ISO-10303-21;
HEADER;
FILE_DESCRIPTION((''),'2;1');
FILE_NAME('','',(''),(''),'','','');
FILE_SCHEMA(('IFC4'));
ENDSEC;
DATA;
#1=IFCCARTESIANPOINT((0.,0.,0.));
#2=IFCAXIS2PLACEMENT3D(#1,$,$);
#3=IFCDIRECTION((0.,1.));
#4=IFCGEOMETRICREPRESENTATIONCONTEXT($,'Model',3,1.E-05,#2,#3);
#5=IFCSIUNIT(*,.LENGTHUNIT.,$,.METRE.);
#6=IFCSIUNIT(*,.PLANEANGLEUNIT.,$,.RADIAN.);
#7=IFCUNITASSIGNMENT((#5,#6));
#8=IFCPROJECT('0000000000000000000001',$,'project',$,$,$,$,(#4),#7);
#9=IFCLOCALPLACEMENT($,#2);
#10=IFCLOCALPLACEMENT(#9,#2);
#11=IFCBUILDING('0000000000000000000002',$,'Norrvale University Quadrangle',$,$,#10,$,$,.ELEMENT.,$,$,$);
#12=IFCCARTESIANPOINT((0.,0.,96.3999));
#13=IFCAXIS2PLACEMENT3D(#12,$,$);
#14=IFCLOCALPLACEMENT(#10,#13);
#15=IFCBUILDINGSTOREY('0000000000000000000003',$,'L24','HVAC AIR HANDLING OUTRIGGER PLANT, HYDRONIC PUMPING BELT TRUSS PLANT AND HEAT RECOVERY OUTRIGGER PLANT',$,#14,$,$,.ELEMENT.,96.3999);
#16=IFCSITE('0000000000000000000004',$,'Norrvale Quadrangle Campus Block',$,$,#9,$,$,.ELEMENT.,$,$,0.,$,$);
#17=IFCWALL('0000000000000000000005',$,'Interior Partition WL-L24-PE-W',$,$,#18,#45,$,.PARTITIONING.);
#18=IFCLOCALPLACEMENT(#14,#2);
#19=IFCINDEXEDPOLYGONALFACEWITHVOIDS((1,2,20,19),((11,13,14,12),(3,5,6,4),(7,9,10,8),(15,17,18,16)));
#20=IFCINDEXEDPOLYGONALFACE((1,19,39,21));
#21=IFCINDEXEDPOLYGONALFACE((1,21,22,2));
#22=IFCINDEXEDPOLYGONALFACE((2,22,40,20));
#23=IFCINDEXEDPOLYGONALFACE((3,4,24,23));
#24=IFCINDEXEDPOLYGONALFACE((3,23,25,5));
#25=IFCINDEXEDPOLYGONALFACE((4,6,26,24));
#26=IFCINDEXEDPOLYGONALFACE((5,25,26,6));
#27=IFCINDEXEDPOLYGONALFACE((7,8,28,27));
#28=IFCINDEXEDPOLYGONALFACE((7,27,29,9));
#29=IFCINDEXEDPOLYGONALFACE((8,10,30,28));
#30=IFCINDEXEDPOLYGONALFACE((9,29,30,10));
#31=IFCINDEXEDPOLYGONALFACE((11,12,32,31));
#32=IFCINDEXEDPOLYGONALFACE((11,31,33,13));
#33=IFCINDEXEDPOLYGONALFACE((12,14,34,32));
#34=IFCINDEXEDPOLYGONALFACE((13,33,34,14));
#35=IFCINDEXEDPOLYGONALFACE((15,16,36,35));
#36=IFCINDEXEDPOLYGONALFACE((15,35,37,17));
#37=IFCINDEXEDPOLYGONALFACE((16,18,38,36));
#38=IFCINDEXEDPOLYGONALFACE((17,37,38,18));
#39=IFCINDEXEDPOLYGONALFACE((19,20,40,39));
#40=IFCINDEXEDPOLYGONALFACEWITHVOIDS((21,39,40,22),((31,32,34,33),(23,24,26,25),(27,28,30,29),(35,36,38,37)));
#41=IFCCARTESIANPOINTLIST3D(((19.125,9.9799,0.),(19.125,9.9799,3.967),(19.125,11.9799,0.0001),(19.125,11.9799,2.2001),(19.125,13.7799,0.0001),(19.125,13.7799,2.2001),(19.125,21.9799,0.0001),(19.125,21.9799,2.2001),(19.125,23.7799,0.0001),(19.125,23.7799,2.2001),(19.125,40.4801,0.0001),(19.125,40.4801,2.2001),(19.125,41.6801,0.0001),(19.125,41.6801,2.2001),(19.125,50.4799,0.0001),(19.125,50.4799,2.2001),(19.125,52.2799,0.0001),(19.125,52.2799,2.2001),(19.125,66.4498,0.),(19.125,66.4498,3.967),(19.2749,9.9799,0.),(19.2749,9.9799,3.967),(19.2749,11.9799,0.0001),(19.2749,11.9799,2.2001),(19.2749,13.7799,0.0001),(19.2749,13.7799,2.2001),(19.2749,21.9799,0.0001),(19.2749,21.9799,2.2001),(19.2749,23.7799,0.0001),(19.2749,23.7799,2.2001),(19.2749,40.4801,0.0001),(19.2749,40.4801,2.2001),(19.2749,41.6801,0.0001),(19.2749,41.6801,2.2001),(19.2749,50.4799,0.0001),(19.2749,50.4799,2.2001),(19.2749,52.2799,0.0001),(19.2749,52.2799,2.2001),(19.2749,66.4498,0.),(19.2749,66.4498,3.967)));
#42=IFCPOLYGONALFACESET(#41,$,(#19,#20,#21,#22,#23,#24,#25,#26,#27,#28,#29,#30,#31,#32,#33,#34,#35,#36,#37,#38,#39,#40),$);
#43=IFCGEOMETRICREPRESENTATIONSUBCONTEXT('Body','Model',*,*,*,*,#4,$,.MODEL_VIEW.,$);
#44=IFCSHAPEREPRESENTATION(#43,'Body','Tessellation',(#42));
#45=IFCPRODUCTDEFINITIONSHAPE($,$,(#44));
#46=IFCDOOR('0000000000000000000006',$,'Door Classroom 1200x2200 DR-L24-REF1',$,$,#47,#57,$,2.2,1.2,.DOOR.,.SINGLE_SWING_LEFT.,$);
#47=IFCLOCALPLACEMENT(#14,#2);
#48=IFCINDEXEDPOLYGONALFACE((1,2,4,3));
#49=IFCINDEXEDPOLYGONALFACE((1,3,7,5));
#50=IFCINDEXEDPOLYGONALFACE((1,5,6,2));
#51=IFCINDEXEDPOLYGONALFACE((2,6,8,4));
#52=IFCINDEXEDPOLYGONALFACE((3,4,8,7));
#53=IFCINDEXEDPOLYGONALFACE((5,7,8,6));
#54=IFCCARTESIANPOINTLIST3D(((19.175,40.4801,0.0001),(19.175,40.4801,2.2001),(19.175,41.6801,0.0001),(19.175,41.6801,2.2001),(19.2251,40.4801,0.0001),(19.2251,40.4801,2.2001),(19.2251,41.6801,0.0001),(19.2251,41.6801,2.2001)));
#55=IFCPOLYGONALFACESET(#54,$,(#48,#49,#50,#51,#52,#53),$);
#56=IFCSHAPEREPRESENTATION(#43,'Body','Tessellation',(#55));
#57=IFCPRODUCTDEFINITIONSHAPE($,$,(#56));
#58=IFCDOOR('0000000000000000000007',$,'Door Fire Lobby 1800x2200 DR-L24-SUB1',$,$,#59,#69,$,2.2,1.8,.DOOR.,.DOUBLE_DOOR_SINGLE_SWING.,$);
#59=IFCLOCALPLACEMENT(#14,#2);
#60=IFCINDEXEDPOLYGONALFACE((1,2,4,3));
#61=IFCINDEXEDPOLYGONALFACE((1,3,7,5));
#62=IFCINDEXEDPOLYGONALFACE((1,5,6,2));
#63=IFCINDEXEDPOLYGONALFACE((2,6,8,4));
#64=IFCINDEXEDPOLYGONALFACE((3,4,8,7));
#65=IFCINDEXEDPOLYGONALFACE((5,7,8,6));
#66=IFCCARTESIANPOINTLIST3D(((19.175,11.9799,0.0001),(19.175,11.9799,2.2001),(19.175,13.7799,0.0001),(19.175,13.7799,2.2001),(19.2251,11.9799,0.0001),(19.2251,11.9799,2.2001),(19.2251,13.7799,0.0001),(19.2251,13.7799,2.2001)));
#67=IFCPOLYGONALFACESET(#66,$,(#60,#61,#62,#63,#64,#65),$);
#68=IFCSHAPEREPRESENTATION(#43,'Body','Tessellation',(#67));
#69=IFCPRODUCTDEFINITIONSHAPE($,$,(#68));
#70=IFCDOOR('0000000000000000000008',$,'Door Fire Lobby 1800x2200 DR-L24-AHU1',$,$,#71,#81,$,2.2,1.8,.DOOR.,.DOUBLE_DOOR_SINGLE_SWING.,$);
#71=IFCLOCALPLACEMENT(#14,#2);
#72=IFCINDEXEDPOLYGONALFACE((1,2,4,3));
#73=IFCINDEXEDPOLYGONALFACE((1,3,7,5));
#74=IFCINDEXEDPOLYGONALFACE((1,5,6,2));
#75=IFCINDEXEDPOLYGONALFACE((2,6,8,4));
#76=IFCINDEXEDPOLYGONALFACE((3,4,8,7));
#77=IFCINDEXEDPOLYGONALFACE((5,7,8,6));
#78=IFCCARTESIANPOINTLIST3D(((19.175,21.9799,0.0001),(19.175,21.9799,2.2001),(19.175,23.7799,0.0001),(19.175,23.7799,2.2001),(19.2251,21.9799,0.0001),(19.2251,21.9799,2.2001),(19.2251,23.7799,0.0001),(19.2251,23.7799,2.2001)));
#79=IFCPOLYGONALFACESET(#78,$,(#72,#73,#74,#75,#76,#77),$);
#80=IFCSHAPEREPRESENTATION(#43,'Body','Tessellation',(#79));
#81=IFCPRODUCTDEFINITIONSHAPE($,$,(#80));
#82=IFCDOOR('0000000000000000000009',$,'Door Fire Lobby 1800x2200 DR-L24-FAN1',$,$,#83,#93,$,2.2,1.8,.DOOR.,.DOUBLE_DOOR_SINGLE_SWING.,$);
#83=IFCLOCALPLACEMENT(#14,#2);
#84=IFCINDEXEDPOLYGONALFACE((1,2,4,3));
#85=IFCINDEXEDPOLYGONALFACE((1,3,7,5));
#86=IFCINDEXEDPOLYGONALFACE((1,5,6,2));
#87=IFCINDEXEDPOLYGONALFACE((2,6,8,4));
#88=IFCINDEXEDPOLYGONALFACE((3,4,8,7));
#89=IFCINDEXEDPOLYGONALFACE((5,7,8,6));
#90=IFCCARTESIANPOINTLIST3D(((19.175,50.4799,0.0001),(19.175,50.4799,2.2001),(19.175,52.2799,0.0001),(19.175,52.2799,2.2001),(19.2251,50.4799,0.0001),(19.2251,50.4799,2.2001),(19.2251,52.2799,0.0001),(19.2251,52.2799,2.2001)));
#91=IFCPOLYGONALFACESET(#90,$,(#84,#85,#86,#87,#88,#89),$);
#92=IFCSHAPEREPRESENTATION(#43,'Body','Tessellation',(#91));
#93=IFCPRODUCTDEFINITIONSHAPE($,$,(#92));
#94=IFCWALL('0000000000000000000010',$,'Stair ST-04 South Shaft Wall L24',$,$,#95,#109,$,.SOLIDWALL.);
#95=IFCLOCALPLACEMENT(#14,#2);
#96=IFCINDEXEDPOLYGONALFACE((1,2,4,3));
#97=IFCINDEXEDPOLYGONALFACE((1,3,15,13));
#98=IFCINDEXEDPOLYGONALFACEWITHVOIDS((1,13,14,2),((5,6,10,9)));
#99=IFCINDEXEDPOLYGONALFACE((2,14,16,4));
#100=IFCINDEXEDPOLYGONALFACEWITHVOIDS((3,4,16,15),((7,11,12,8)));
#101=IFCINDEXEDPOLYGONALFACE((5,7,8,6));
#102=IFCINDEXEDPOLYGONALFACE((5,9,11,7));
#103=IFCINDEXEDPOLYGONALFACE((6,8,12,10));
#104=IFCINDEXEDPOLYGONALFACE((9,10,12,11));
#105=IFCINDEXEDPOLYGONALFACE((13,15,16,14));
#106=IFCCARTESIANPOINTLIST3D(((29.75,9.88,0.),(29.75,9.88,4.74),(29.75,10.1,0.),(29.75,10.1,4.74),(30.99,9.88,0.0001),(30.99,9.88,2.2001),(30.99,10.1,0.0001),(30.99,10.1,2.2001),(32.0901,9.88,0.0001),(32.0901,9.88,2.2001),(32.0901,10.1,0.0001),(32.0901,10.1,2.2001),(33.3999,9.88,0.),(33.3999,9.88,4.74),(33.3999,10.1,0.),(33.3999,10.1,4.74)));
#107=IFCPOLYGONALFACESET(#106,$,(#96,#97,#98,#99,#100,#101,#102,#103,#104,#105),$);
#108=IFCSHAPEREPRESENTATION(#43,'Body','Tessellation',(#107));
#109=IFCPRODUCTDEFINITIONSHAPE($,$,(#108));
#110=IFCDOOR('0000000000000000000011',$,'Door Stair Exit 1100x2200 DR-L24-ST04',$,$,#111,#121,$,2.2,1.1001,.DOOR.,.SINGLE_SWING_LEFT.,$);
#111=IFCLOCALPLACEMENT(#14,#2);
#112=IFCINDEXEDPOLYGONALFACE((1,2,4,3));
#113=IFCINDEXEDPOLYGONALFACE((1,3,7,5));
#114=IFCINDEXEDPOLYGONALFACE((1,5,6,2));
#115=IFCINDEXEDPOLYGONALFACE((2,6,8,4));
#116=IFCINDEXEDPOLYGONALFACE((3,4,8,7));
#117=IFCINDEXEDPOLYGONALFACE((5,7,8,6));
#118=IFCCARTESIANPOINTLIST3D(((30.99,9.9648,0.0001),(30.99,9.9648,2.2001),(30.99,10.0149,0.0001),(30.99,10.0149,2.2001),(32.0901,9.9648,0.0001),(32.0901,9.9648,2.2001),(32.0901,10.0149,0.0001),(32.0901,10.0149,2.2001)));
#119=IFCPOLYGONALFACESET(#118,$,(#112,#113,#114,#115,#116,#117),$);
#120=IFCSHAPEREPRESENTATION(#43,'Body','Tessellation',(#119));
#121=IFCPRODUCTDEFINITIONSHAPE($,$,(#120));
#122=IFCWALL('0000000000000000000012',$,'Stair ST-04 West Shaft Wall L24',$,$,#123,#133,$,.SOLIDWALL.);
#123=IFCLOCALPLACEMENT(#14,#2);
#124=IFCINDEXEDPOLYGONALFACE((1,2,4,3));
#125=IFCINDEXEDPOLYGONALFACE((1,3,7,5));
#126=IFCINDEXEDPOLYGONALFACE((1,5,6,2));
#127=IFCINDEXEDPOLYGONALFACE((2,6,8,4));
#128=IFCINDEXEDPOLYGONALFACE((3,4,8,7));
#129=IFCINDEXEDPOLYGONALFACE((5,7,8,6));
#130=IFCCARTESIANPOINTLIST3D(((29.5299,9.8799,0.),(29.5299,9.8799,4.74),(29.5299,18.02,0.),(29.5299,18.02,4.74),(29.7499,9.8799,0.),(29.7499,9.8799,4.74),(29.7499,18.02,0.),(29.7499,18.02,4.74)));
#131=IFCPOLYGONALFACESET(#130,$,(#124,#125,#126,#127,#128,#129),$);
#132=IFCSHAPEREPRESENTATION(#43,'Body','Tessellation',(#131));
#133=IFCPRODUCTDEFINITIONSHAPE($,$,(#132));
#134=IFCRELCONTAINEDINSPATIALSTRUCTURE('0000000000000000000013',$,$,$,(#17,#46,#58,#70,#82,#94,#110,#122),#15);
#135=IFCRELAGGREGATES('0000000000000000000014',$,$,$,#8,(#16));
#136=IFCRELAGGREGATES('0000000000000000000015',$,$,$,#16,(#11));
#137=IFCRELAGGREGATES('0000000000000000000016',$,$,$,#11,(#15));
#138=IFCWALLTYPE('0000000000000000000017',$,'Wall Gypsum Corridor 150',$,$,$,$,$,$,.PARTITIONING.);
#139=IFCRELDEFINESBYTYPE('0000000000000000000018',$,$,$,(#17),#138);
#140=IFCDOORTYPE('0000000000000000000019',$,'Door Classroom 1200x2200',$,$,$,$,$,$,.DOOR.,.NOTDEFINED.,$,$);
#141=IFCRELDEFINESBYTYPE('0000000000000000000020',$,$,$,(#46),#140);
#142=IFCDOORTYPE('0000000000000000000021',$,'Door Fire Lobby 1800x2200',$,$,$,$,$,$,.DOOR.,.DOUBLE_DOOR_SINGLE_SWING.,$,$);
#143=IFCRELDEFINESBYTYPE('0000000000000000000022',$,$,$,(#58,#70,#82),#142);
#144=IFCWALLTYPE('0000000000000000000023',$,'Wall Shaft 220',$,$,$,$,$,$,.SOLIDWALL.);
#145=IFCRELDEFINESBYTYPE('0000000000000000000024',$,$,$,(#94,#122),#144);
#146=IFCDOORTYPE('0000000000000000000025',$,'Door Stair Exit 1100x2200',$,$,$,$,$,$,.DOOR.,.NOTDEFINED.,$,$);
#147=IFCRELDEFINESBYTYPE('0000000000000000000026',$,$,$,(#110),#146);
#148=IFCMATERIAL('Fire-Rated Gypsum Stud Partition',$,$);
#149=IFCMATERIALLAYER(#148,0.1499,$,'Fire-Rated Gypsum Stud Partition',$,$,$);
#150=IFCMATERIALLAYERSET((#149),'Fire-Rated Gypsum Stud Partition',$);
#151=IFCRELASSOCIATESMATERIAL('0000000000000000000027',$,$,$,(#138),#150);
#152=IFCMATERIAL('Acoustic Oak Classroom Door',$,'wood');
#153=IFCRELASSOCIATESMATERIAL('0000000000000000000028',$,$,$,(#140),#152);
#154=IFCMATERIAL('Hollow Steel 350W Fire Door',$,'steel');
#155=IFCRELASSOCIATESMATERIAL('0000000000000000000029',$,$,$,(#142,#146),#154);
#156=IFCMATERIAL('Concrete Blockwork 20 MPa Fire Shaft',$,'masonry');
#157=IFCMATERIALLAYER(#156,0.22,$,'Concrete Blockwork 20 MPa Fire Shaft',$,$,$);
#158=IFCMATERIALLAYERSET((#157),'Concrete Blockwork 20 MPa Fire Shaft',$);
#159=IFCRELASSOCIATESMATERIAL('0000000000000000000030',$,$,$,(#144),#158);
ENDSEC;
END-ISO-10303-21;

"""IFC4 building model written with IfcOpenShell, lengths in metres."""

from ifc_helpers import new_model, si_unit, direction, frame, frame_2d, origin, place, context, subcontext, project, spatial, rectangle, extrude, material, layer, layer_set, type_object, element, fill, save


model = new_model("IFC4")

# Units and contexts
model_context = context("Model", 3, precision=1e-05, world=origin(), true_north=direction((0.0, 1.0)))
body_context = subcontext(model_context, "Body", "Model", "MODEL_VIEW")
ifc_project = project(units=[si_unit("LENGTHUNIT", "METRE"), si_unit("PLANEANGLEUNIT", "RADIAN")], contexts=[model_context])

# Site, building, storey
site_placement = place(None, origin())
site = spatial("IfcSite", under=ifc_project, at=site_placement, Name="Norrvale Quadrangle Campus Block", CompositionType="ELEMENT", RefElevation=0.0)
building_placement = place(site_placement, origin())
building = spatial("IfcBuilding", under=site, at=building_placement, Name="Norrvale University Quadrangle", CompositionType="ELEMENT")
storey_placement = place(building_placement, frame((0.0, 0.0, 96.3999)))
storey = spatial("IfcBuildingStorey", under=building, at=storey_placement, Name="L24", Description="HVAC AIR HANDLING OUTRIGGER PLANT, HYDRONIC PUMPING BELT TRUSS PLANT AND HEAT RECOVERY OUTRIGGER PLANT", CompositionType="ELEMENT", Elevation=96.3999)

# Shared definitions
ifc_material_1 = material(Name="Fire-Rated Gypsum Stud Partition")
ifc_layer_1 = layer(ifc_material_1, 0.1499, Name="Fire-Rated Gypsum Stud Partition")
ifc_layer_set_1 = layer_set([ifc_layer_1], Name="Fire-Rated Gypsum Stud Partition")
wall_type_1 = type_object("IfcWallType", Name="Wall Gypsum Corridor 150", PredefinedType="PARTITIONING", material=ifc_layer_set_1)

# Wall, openings, doors
wall_1_placement = place(storey_placement, frame((19.2, 9.98, 0.0), z_axis=(0.0, 0.0, 1.0), x_axis=(0.0, 1.0, 0.0)))
wall_1 = element("IfcWall", 1, at=wall_1_placement, inside=storey, type_object=wall_type_1, Name="Interior Partition WL-L24-PE-W", PredefinedType="PARTITIONING", context=body_context, shape_type="SweptSolid", body=[
    extrude(rectangle(XDim=56.47, YDim=0.1499, at=frame_2d((28.2349, 0.0))), origin(), (0.0, 0.0, 1.0), 3.967),
])
opening_1_placement = place(wall_1_placement, frame((2.0, 0.0, 0.0)))
opening_1 = element("IfcOpeningElement", 2, at=opening_1_placement, cuts=wall_1, PredefinedType="OPENING", context=body_context, shape_type="SweptSolid", body=[
    extrude(rectangle(XDim=1.8, YDim=2.2, at=frame_2d((0.8999, 1.1001))), frame((0.0, 0.0869, 0.0), z_axis=(0.0, -1.0, 0.0), x_axis=(1.0, 0.0, 0.0)), (0.0, 0.0, 1.0), 0.1738),
])
opening_2_placement = place(wall_1_placement, frame((12.0, 0.0, 0.0)))
opening_2 = element("IfcOpeningElement", 3, at=opening_2_placement, cuts=wall_1, PredefinedType="OPENING", context=body_context, shape_type="SweptSolid", body=[
    extrude(rectangle(XDim=1.8, YDim=2.2, at=frame_2d((0.8999, 1.1001))), frame((0.0, 0.0869, 0.0), z_axis=(0.0, -1.0, 0.0), x_axis=(1.0, 0.0, 0.0)), (0.0, 0.0, 1.0), 0.1738),
])
opening_3_placement = place(wall_1_placement, frame((30.5, 0.0, 0.0)))
opening_3 = element("IfcOpeningElement", 4, at=opening_3_placement, cuts=wall_1, PredefinedType="OPENING", context=body_context, shape_type="SweptSolid", body=[
    extrude(rectangle(XDim=1.2, YDim=2.2, at=frame_2d((0.6001, 1.1001))), frame((0.0, 0.0869, 0.0), z_axis=(0.0, -1.0, 0.0), x_axis=(1.0, 0.0, 0.0)), (0.0, 0.0, 1.0), 0.1738),
])
opening_4_placement = place(wall_1_placement, frame((40.5, 0.0, 0.0)))
opening_4 = element("IfcOpeningElement", 5, at=opening_4_placement, cuts=wall_1, PredefinedType="OPENING", context=body_context, shape_type="SweptSolid", body=[
    extrude(rectangle(XDim=1.8, YDim=2.2, at=frame_2d((0.8999, 1.1001))), frame((0.0, 0.0869, 0.0), z_axis=(0.0, -1.0, 0.0), x_axis=(1.0, 0.0, 0.0)), (0.0, 0.0, 1.0), 0.1738),
])
ifc_material_2 = material(Name="Acoustic Oak Classroom Door", Category="wood")
door_type_1 = type_object("IfcDoorType", Name="Door Classroom 1200x2200", OperationType="NOTDEFINED", PredefinedType="DOOR", material=ifc_material_2)
door_1_placement = place(opening_3_placement, origin())
door_1 = element("IfcDoor", 6, at=door_1_placement, inside=storey, type_object=door_type_1, Name="Door Classroom 1200x2200 DR-L24-REF1", OperationType="SINGLE_SWING_LEFT", OverallHeight=2.2, OverallWidth=1.2, PredefinedType="DOOR", context=body_context, shape_type="SweptSolid", body=[
    extrude(rectangle(XDim=1.2, YDim=2.2, at=frame_2d((0.6001, 1.1001))), frame((0.0, 0.0249, 0.0), z_axis=(0.0, -1.0, 0.0), x_axis=(1.0, 0.0, 0.0)), (0.0, 0.0, 1.0), 0.05),
])
fill(opening_3, door_1)
ifc_material_3 = material(Name="Hollow Steel 350W Fire Door", Category="steel")
door_type_2 = type_object("IfcDoorType", Name="Door Fire Lobby 1800x2200", OperationType="DOUBLE_DOOR_SINGLE_SWING", PredefinedType="DOOR", material=ifc_material_3)
door_2_placement = place(opening_1_placement, origin())
door_2 = element("IfcDoor", 7, at=door_2_placement, inside=storey, type_object=door_type_2, Name="Door Fire Lobby 1800x2200 DR-L24-SUB1", OperationType="DOUBLE_DOOR_SINGLE_SWING", OverallHeight=2.2, OverallWidth=1.8, PredefinedType="DOOR", context=body_context, shape_type="SweptSolid", body=[
    extrude(rectangle(XDim=1.8, YDim=2.2, at=frame_2d((0.8999, 1.1001))), frame((0.0, 0.0249, 0.0), z_axis=(0.0, -1.0, 0.0), x_axis=(1.0, 0.0, 0.0)), (0.0, 0.0, 1.0), 0.05),
])
fill(opening_1, door_2)
door_3_placement = place(opening_2_placement, origin())
door_3 = element("IfcDoor", 8, at=door_3_placement, inside=storey, type_object=door_type_2, Name="Door Fire Lobby 1800x2200 DR-L24-AHU1", OperationType="DOUBLE_DOOR_SINGLE_SWING", OverallHeight=2.2, OverallWidth=1.8, PredefinedType="DOOR", context=body_context, shape_type="SweptSolid", body=[
    extrude(rectangle(XDim=1.8, YDim=2.2, at=frame_2d((0.8999, 1.1001))), frame((0.0, 0.0249, 0.0), z_axis=(0.0, -1.0, 0.0), x_axis=(1.0, 0.0, 0.0)), (0.0, 0.0, 1.0), 0.05),
])
fill(opening_2, door_3)
door_4_placement = place(opening_4_placement, origin())
door_4 = element("IfcDoor", 9, at=door_4_placement, inside=storey, type_object=door_type_2, Name="Door Fire Lobby 1800x2200 DR-L24-FAN1", OperationType="DOUBLE_DOOR_SINGLE_SWING", OverallHeight=2.2, OverallWidth=1.8, PredefinedType="DOOR", context=body_context, shape_type="SweptSolid", body=[
    extrude(rectangle(XDim=1.8, YDim=2.2, at=frame_2d((0.8999, 1.1001))), frame((0.0, 0.0249, 0.0), z_axis=(0.0, -1.0, 0.0), x_axis=(1.0, 0.0, 0.0)), (0.0, 0.0, 1.0), 0.05),
])
fill(opening_4, door_4)

# Wall, opening, door
ifc_material_4 = material(Name="Concrete Blockwork 20 MPa Fire Shaft", Category="masonry")
ifc_layer_2 = layer(ifc_material_4, 0.22, Name="Concrete Blockwork 20 MPa Fire Shaft")
ifc_layer_set_2 = layer_set([ifc_layer_2], Name="Concrete Blockwork 20 MPa Fire Shaft")
wall_type_2 = type_object("IfcWallType", Name="Wall Shaft 220", PredefinedType="SOLIDWALL", material=ifc_layer_set_2)
wall_2_placement = place(storey_placement, frame((29.75, 9.99, 0.0), z_axis=(0.0, 0.0, 1.0), x_axis=(1.0, 0.0, 0.0)))
wall_2 = element("IfcWall", 10, at=wall_2_placement, inside=storey, type_object=wall_type_2, Name="Stair ST-04 South Shaft Wall L24", PredefinedType="SOLIDWALL", context=body_context, shape_type="SweptSolid", body=[
    extrude(rectangle(XDim=3.6499, YDim=0.22, at=frame_2d((1.825, 0.0))), origin(), (0.0, 0.0, 1.0), 4.74),
])
opening_5_placement = place(wall_2_placement, frame((1.24, 0.0, 0.0)))
opening_5 = element("IfcOpeningElement", 11, at=opening_5_placement, cuts=wall_2, PredefinedType="OPENING", context=body_context, shape_type="SweptSolid", body=[
    extrude(rectangle(XDim=1.1001, YDim=2.2, at=frame_2d((0.55, 1.1001))), frame((0.0, 0.1221, 0.0), z_axis=(0.0, -1.0, 0.0), x_axis=(1.0, 0.0, 0.0)), (0.0, 0.0, 1.0), 0.2439),
])
door_type_3 = type_object("IfcDoorType", Name="Door Stair Exit 1100x2200", OperationType="NOTDEFINED", PredefinedType="DOOR", material=ifc_material_3)
door_5_placement = place(opening_5_placement, origin())
door_5 = element("IfcDoor", 12, at=door_5_placement, inside=storey, type_object=door_type_3, Name="Door Stair Exit 1100x2200 DR-L24-ST04", OperationType="SINGLE_SWING_LEFT", OverallHeight=2.2, OverallWidth=1.1001, PredefinedType="DOOR", context=body_context, shape_type="SweptSolid", body=[
    extrude(rectangle(XDim=1.1001, YDim=2.2, at=frame_2d((0.55, 1.1001))), frame((0.0, 0.0249, 0.0), z_axis=(0.0, -1.0, 0.0), x_axis=(1.0, 0.0, 0.0)), (0.0, 0.0, 1.0), 0.05),
])
fill(opening_5, door_5)

# Wall
wall_3_placement = place(storey_placement, frame((29.6399, 9.8799, 0.0), z_axis=(0.0, 0.0, 1.0), x_axis=(0.0, 1.0, 0.0)))
element("IfcWall", 13, at=wall_3_placement, inside=storey, type_object=wall_type_2, Name="Stair ST-04 West Shaft Wall L24", PredefinedType="SOLIDWALL", context=body_context, shape_type="SweptSolid", body=[
    extrude(rectangle(XDim=8.1401, YDim=0.22, at=frame_2d((4.0701, 0.0))), origin(), (0.0, 0.0, 1.0), 4.74),
])

save(model, "model.ifc")
